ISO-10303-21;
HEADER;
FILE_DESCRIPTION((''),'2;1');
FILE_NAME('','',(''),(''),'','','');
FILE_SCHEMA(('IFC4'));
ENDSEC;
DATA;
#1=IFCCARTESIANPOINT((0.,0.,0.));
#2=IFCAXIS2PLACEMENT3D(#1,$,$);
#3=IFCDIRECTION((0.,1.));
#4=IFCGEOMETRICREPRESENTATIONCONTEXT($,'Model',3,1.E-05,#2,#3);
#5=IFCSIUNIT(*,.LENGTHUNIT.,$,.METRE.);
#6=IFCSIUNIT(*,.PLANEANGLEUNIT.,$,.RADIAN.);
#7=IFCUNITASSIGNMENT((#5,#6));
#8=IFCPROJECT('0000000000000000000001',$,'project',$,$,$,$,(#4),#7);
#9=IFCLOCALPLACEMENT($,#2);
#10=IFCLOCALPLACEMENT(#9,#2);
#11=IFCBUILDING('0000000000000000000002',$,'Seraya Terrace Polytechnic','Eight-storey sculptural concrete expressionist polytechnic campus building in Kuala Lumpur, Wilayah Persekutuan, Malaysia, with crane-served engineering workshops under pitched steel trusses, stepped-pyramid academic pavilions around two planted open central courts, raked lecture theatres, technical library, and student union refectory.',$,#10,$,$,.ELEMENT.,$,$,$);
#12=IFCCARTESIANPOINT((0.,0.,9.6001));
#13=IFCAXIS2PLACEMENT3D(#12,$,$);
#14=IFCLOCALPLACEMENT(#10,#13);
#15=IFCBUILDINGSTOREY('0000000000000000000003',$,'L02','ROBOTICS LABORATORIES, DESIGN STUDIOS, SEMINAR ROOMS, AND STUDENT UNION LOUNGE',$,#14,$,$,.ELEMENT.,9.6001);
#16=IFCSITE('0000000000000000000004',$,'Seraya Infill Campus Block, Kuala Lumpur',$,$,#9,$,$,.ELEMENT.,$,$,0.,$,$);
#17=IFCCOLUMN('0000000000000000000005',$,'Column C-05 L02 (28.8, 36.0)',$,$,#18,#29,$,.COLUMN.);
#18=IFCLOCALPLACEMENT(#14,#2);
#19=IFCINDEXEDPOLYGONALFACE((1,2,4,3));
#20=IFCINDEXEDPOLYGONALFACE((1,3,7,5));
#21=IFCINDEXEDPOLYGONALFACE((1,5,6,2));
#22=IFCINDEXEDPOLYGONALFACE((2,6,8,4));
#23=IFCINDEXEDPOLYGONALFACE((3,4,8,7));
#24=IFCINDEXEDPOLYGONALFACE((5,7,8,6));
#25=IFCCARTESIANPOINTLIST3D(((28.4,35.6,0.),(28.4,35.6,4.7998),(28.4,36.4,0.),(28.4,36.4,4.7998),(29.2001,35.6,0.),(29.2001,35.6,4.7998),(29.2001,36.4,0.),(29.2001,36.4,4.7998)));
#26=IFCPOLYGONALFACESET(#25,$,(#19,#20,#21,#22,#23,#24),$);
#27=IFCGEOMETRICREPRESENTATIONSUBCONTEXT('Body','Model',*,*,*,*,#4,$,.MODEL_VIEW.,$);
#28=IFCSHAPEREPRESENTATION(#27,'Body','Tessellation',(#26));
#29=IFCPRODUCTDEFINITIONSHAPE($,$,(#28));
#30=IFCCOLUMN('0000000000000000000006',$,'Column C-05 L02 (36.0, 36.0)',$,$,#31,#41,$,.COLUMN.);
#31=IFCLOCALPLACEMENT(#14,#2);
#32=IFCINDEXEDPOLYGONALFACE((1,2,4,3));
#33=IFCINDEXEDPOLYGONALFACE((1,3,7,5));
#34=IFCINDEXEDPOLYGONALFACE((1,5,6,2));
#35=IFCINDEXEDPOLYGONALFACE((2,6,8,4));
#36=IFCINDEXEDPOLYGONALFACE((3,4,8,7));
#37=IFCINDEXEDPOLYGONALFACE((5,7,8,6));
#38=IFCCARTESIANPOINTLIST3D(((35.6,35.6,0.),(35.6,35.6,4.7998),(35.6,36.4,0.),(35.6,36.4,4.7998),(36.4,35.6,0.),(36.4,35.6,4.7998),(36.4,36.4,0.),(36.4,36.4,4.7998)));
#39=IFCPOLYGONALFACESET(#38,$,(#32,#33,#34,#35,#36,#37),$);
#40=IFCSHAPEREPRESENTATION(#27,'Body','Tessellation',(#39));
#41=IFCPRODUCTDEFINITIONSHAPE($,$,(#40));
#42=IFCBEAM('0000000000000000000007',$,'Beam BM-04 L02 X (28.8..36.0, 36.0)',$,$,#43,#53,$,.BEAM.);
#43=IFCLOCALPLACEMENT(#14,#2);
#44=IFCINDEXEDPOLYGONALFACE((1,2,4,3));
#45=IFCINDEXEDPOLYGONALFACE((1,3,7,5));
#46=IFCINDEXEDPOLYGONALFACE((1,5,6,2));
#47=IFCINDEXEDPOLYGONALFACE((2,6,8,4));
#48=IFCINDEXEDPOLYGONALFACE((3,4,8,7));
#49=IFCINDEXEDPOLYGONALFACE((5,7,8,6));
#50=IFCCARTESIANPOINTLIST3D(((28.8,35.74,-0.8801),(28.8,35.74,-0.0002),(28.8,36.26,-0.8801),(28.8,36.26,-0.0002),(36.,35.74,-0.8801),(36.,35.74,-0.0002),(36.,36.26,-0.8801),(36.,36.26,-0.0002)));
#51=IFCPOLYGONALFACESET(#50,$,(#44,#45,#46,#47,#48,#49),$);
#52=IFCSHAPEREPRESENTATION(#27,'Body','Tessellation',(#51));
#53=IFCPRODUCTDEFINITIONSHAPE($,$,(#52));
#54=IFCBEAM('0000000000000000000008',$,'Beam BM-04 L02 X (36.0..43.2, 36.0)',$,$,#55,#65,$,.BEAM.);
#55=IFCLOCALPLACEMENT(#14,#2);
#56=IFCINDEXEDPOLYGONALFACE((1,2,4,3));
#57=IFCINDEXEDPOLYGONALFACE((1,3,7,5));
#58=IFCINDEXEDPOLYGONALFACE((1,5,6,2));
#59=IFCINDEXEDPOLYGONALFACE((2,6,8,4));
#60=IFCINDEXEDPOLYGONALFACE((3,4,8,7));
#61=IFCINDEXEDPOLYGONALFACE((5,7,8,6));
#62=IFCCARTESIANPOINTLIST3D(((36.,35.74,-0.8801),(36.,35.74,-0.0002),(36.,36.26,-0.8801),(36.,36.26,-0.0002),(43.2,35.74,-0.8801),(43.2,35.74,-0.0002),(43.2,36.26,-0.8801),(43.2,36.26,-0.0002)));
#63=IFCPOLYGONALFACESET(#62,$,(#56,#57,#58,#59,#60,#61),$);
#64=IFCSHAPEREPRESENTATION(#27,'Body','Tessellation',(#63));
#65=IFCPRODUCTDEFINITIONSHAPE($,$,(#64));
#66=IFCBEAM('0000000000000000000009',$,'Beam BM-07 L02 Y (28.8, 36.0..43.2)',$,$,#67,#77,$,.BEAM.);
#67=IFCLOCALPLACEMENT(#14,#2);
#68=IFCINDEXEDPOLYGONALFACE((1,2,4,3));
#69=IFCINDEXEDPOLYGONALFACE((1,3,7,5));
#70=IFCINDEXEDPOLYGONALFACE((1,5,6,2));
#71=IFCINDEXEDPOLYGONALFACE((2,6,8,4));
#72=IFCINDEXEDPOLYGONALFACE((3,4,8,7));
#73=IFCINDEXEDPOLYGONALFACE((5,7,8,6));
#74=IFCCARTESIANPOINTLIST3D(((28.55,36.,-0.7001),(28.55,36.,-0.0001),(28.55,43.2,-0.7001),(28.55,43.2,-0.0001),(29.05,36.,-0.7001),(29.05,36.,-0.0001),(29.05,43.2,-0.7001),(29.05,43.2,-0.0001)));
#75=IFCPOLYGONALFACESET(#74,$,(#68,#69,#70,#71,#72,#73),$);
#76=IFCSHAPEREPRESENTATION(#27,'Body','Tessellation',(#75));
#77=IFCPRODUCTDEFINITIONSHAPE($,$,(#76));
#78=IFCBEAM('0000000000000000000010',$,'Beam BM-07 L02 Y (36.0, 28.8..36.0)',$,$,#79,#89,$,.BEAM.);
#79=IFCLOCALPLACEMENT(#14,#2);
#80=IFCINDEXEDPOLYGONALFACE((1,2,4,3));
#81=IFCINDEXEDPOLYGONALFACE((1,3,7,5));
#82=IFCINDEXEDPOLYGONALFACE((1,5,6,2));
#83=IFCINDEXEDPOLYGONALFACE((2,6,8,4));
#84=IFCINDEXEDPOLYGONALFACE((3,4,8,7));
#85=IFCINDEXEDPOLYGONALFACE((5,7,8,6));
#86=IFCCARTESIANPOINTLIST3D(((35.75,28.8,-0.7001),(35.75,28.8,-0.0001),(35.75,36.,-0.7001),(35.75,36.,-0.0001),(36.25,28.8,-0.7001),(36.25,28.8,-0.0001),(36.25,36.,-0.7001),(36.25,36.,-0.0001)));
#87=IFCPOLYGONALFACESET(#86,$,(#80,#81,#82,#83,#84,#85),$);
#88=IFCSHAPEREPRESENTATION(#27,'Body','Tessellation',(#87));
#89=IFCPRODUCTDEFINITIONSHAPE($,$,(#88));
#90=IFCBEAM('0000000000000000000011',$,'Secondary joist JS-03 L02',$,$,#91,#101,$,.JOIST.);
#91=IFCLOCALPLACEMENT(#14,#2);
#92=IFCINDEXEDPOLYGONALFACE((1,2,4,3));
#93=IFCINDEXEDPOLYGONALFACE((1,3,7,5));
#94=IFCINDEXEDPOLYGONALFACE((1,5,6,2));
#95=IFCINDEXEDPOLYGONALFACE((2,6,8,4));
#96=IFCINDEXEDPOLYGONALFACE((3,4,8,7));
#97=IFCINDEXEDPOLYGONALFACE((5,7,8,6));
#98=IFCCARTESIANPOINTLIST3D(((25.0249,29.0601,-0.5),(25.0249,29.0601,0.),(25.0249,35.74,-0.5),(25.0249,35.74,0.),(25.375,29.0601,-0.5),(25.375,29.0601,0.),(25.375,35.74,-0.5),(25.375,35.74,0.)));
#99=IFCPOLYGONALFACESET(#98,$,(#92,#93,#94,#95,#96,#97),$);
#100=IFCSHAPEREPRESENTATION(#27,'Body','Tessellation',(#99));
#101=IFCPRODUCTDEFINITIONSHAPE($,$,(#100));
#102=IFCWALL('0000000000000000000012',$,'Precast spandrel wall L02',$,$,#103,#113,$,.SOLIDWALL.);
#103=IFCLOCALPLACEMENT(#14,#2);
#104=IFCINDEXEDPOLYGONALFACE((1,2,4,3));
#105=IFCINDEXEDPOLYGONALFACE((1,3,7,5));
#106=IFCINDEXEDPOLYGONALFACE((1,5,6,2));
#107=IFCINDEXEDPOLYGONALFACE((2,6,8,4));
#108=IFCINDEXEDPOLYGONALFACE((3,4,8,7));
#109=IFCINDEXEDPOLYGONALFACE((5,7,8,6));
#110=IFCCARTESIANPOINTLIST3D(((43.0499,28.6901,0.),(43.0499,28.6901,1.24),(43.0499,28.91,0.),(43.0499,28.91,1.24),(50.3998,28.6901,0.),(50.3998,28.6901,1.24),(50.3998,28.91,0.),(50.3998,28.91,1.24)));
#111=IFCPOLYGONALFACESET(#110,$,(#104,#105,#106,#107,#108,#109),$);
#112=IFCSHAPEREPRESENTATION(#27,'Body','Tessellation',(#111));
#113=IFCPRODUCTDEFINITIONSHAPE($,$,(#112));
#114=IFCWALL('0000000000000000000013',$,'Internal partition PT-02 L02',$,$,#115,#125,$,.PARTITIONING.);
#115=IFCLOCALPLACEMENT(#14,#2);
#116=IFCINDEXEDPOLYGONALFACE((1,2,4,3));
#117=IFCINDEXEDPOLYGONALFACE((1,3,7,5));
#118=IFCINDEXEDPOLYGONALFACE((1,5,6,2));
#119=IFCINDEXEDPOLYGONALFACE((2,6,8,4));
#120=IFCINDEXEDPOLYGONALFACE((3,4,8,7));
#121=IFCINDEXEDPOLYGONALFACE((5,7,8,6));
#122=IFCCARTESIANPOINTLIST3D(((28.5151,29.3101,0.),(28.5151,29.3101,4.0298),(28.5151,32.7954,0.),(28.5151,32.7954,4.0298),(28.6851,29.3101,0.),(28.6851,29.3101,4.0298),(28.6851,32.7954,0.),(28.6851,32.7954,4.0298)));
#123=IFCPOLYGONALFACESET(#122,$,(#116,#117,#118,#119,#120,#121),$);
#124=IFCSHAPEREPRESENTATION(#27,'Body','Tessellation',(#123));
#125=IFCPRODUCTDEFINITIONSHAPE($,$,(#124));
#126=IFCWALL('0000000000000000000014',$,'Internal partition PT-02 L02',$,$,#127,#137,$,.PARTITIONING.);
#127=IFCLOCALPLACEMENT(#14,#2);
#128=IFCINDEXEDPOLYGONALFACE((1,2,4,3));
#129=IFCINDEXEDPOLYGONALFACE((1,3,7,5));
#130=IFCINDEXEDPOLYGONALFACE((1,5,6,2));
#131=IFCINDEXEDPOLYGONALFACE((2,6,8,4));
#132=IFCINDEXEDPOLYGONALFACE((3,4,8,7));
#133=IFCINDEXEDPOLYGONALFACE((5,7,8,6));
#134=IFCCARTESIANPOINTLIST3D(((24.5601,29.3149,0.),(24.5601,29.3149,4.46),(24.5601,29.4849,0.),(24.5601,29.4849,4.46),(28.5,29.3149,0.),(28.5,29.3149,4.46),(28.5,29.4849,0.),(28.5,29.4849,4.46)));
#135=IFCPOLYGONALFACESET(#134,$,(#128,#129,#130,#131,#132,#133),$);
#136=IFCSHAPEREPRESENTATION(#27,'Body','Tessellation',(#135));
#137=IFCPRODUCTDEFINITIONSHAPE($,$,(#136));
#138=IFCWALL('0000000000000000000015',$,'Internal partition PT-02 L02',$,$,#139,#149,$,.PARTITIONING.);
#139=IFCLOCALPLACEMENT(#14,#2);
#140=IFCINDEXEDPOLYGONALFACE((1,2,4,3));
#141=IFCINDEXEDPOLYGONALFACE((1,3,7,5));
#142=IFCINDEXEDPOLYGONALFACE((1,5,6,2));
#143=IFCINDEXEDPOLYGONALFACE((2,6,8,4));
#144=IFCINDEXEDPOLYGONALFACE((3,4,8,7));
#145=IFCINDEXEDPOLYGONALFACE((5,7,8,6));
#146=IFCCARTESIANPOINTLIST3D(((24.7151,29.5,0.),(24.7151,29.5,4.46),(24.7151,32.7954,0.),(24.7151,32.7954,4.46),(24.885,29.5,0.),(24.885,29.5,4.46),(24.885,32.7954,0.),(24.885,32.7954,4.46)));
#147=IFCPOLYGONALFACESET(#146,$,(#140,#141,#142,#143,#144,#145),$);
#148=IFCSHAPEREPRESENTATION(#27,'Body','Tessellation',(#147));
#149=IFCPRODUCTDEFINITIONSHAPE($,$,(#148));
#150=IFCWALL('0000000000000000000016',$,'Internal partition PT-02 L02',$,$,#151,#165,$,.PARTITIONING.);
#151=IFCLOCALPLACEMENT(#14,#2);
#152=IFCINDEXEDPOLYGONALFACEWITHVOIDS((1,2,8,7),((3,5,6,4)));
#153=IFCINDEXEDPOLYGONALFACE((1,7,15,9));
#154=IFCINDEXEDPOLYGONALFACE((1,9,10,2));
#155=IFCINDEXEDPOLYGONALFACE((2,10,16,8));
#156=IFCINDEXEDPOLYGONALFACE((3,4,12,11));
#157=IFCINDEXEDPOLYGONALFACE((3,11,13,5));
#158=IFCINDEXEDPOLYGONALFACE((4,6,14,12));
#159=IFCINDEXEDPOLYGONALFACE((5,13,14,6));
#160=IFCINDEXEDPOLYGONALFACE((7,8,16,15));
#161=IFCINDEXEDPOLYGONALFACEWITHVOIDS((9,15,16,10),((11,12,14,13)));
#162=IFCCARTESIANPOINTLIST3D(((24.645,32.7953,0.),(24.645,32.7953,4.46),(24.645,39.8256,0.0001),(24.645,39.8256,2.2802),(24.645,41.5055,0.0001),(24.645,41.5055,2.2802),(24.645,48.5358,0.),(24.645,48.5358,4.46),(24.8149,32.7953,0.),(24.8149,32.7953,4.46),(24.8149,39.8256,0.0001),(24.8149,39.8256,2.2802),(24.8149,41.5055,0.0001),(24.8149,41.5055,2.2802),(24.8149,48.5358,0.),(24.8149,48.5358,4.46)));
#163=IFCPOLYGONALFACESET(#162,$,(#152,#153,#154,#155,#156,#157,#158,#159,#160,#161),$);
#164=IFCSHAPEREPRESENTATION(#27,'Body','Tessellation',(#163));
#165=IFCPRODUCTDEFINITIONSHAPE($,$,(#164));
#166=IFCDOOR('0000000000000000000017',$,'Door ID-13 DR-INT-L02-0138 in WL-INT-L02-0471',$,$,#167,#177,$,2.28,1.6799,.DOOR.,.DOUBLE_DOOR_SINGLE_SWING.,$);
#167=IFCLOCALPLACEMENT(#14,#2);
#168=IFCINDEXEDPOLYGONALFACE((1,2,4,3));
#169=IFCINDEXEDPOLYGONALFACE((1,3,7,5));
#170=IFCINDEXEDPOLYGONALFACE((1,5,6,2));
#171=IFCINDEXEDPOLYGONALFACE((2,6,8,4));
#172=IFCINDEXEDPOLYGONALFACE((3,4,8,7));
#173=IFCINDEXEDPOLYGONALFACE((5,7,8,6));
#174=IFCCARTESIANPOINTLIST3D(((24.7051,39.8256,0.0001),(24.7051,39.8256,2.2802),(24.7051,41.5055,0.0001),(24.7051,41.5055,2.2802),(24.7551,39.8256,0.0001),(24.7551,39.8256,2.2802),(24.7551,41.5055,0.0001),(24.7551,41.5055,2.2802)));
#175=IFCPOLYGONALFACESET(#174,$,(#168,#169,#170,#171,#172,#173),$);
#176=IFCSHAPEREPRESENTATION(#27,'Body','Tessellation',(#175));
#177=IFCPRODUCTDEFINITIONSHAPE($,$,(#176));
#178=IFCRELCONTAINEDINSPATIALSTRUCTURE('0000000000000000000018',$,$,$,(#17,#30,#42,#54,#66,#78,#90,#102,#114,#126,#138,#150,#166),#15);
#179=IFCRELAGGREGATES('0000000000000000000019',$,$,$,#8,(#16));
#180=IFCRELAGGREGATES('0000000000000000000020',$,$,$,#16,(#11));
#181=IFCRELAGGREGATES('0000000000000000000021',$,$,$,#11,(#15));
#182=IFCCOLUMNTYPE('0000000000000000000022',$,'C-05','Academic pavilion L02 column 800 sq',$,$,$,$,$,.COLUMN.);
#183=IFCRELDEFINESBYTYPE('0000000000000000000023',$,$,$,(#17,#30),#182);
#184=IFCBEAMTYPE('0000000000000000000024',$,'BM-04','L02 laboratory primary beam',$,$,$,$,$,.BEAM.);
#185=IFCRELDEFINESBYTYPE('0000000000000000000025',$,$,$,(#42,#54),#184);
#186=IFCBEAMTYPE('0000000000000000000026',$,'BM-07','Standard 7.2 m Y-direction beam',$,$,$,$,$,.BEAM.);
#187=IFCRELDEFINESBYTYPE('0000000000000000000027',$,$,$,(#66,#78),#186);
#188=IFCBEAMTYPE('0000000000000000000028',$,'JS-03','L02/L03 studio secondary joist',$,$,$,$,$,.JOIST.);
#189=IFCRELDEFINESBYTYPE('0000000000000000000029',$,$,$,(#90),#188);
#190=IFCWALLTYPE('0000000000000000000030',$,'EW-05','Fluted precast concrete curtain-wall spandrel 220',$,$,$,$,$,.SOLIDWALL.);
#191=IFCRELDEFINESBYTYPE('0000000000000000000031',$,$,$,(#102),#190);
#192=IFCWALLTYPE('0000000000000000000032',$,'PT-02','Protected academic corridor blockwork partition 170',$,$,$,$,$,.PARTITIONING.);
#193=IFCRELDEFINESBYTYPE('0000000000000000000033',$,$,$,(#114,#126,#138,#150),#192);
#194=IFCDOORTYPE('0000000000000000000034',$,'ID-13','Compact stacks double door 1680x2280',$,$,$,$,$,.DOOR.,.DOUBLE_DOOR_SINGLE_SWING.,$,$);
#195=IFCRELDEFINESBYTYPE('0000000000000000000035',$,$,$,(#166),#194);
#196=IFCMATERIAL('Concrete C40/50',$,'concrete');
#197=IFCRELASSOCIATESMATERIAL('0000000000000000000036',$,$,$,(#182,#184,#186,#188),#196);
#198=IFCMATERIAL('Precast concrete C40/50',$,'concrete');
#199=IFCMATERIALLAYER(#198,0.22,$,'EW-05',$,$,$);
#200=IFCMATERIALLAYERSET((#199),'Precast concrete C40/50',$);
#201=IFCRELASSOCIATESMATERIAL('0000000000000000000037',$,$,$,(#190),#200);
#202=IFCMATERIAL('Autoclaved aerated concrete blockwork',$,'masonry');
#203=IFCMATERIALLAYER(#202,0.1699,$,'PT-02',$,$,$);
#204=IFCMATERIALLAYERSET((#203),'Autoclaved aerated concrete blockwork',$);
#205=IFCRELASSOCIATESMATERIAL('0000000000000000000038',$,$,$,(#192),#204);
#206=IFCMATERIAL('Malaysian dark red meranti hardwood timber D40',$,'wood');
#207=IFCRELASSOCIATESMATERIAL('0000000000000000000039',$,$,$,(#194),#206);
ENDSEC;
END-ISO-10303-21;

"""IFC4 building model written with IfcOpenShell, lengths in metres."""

from ifc_helpers import new_model, si_unit, direction, frame, frame_2d, origin, origin_2d, place, context, subcontext, project, spatial, rectangle, extrude, material, layer, layer_set, material_profile, profile_set, type_object, element, fill, save


model = new_model("IFC4")

# Units and contexts
model_context = context("Model", 3, precision=1e-05, world=origin(), true_north=direction((0.0, 1.0)))
body_context = subcontext(model_context, "Body", "Model", "MODEL_VIEW")
ifc_project = project(units=[si_unit("LENGTHUNIT", "METRE"), si_unit("PLANEANGLEUNIT", "RADIAN")], contexts=[model_context])

# Site, building, storey
site_placement = place(None, origin())
site = spatial("IfcSite", under=ifc_project, at=site_placement, Name="Seraya Infill Campus Block, Kuala Lumpur", CompositionType="ELEMENT", RefElevation=0.0)
building_placement = place(site_placement, origin())
building = spatial("IfcBuilding", under=site, at=building_placement, Name="Seraya Terrace Polytechnic", Description="Eight-storey sculptural concrete expressionist polytechnic campus building in Kuala Lumpur, Wilayah Persekutuan, Malaysia, with crane-served engineering workshops under pitched steel trusses, stepped-pyramid academic pavilions around two planted open central courts, raked lecture theatres, technical library, and student union refectory.", CompositionType="ELEMENT")
storey_placement = place(building_placement, frame((0.0, 0.0, 9.6001)))
storey = spatial("IfcBuildingStorey", under=building, at=storey_placement, Name="L02", Description="ROBOTICS LABORATORIES, DESIGN STUDIOS, SEMINAR ROOMS, AND STUDENT UNION LOUNGE", CompositionType="ELEMENT", Elevation=9.6001)

# Columns
ifc_material_1 = material(Name="Concrete C40/50", Category="concrete")
ifc_material_profile_1 = material_profile(ifc_material_1, rectangle(XDim=0.8, YDim=0.8, at=origin_2d()), Name="RC 800x800")
ifc_profile_set_1 = profile_set([ifc_material_profile_1], Name="Concrete C40/50")
column_type = type_object("IfcColumnType", Name="C-05", Description="Academic pavilion L02 column 800 sq", PredefinedType="COLUMN", material=ifc_profile_set_1)
for number, where, z_axis, x_axis, name in (
    (1, (28.8, 36.0, 0.0), (0.0, 0.0, 1.0), (1.0, 0.0, 0.0), "Column C-05 L02 (28.8, 36.0)"),
    (2, (36.0, 36.0, 0.0), (0.0, 0.0, 1.0), (1.0, 0.0, 0.0), "Column C-05 L02 (36.0, 36.0)"),
):
    element("IfcColumn", number, at=place(storey_placement, frame(where, z_axis=z_axis, x_axis=x_axis)), inside=storey, type_object=column_type, Name=name, PredefinedType="COLUMN", context=body_context, shape_type="SweptSolid", body=[
        extrude(rectangle(XDim=0.8, YDim=0.8, at=origin_2d()), origin(), (0.0, 0.0, 1.0), 4.7998),
    ])

# Beams
ifc_material_profile_2 = material_profile(ifc_material_1, rectangle(XDim=0.52, YDim=0.8799, at=origin_2d()), Name="RC 520x880")
ifc_profile_set_2 = profile_set([ifc_material_profile_2], Name="Concrete C40/50")
beam_type_1 = type_object("IfcBeamType", Name="BM-04", Description="L02 laboratory primary beam", PredefinedType="BEAM", material=ifc_profile_set_2)
for number, where, z_axis, x_axis, name in (
    (3, (28.8, 36.0, -0.4402), (1.0, 0.0, 0.0), (0.0, 1.0, 0.0), "Beam BM-04 L02 X (28.8..36.0, 36.0)"),
    (4, (36.0, 36.0, -0.4402), (1.0, 0.0, 0.0), (0.0, 1.0, 0.0), "Beam BM-04 L02 X (36.0..43.2, 36.0)"),
):
    element("IfcBeam", number, at=place(storey_placement, frame(where, z_axis=z_axis, x_axis=x_axis)), inside=storey, type_object=beam_type_1, Name=name, PredefinedType="BEAM", context=body_context, shape_type="SweptSolid", body=[
        extrude(rectangle(XDim=0.52, YDim=0.8799, at=origin_2d()), origin(), (0.0, 0.0, 1.0), 7.2),
    ])
ifc_material_profile_3 = material_profile(ifc_material_1, rectangle(XDim=0.5, YDim=0.7, at=origin_2d()), Name="RC 500x700")
ifc_profile_set_3 = profile_set([ifc_material_profile_3], Name="Concrete C40/50")
beam_type_2 = type_object("IfcBeamType", Name="BM-07", Description="Standard 7.2 m Y-direction beam", PredefinedType="BEAM", material=ifc_profile_set_3)
for number, where, z_axis, x_axis, name in (
    (5, (28.8, 36.0, -0.3501), (0.0, 1.0, 0.0), (-1.0, 0.0, 0.0), "Beam BM-07 L02 Y (28.8, 36.0..43.2)"),
    (6, (36.0, 28.8, -0.3501), (0.0, 1.0, 0.0), (-1.0, 0.0, 0.0), "Beam BM-07 L02 Y (36.0, 28.8..36.0)"),
):
    element("IfcBeam", number, at=place(storey_placement, frame(where, z_axis=z_axis, x_axis=x_axis)), inside=storey, type_object=beam_type_2, Name=name, PredefinedType="BEAM", context=body_context, shape_type="SweptSolid", body=[
        extrude(rectangle(XDim=0.5, YDim=0.7, at=origin_2d()), origin(), (0.0, 0.0, 1.0), 7.2),
    ])
ifc_material_profile_4 = material_profile(ifc_material_1, rectangle(XDim=0.3501, YDim=0.5, at=origin_2d()), Name="RC 350x500")
ifc_profile_set_4 = profile_set([ifc_material_profile_4], Name="Concrete C40/50")
beam_type_3 = type_object("IfcBeamType", Name="JS-03", Description="L02/L03 studio secondary joist", PredefinedType="JOIST", material=ifc_profile_set_4)
beam_placement = place(storey_placement, frame((25.2, 29.0601, -0.25), z_axis=(0.0, 1.0, 0.0), x_axis=(-1.0, 0.0, 0.0)))
element("IfcBeam", 7, at=beam_placement, inside=storey, type_object=beam_type_3, Name="Secondary joist JS-03 L02", PredefinedType="JOIST", context=body_context, shape_type="SweptSolid", body=[
    extrude(rectangle(XDim=0.3501, YDim=0.5, at=origin_2d()), origin(), (0.0, 0.0, 1.0), 6.6799),
])

# Walls
ifc_material_2 = material(Name="Precast concrete C40/50", Category="concrete")
ifc_layer_1 = layer(ifc_material_2, 0.22, Name="EW-05")
ifc_layer_set_1 = layer_set([ifc_layer_1], Name="Precast concrete C40/50")
wall_type_1 = type_object("IfcWallType", Name="EW-05", Description="Fluted precast concrete curtain-wall spandrel 220", PredefinedType="SOLIDWALL", material=ifc_layer_set_1)
wall_1_placement = place(storey_placement, frame((43.05, 28.8, 0.0), z_axis=(0.0, 0.0, 1.0), x_axis=(1.0, 0.0, 0.0)))
element("IfcWall", 8, at=wall_1_placement, inside=storey, type_object=wall_type_1, Name="Precast spandrel wall L02", PredefinedType="SOLIDWALL", context=body_context, shape_type="SweptSolid", body=[
    extrude(rectangle(XDim=7.3499, YDim=0.22, at=frame_2d((3.6748, 0.0))), origin(), (0.0, 0.0, 1.0), 1.24),
])
ifc_material_3 = material(Name="Autoclaved aerated concrete blockwork", Category="masonry")
ifc_layer_2 = layer(ifc_material_3, 0.1699, Name="PT-02")
ifc_layer_set_2 = layer_set([ifc_layer_2], Name="Autoclaved aerated concrete blockwork")
wall_type_2 = type_object("IfcWallType", Name="PT-02", Description="Protected academic corridor blockwork partition 170", PredefinedType="PARTITIONING", material=ifc_layer_set_2)
wall_2_placement = place(storey_placement, frame((28.6001, 29.3101, 0.0), z_axis=(0.0, 0.0, 1.0), x_axis=(0.0, 1.0, 0.0)))
element("IfcWall", 9, at=wall_2_placement, inside=storey, type_object=wall_type_2, Name="Internal partition PT-02 L02", PredefinedType="PARTITIONING", context=body_context, shape_type="SweptSolid", body=[
    extrude(rectangle(XDim=3.4854, YDim=0.1699, at=frame_2d((1.7427, 0.0))), origin(), (0.0, 0.0, 1.0), 4.0298),
])
wall_3_placement = place(storey_placement, frame((24.5601, 29.3999, 0.0), z_axis=(0.0, 0.0, 1.0), x_axis=(1.0, 0.0, 0.0)))
element("IfcWall", 10, at=wall_3_placement, inside=storey, type_object=wall_type_2, Name="Internal partition PT-02 L02", PredefinedType="PARTITIONING", context=body_context, shape_type="SweptSolid", body=[
    extrude(rectangle(XDim=3.9399, YDim=0.1699, at=frame_2d((1.97, 0.0))), origin(), (0.0, 0.0, 1.0), 4.46),
])
wall_4_placement = place(storey_placement, frame((24.8, 29.5, 0.0), z_axis=(0.0, 0.0, 1.0), x_axis=(0.0, 1.0, 0.0)))
element("IfcWall", 11, at=wall_4_placement, inside=storey, type_object=wall_type_2, Name="Internal partition PT-02 L02", PredefinedType="PARTITIONING", context=body_context, shape_type="SweptSolid", body=[
    extrude(rectangle(XDim=3.2954, YDim=0.1699, at=frame_2d((1.6477, 0.0))), origin(), (0.0, 0.0, 1.0), 4.46),
])

# Wall, opening, door
wall_5_placement = place(storey_placement, frame((24.73, 32.7954, 0.0), z_axis=(0.0, 0.0, 1.0), x_axis=(0.0, 1.0, 0.0)))
wall_5 = element("IfcWall", 12, at=wall_5_placement, inside=storey, type_object=wall_type_2, Name="Internal partition PT-02 L02", PredefinedType="PARTITIONING", context=body_context, shape_type="SweptSolid", body=[
    extrude(rectangle(XDim=15.7405, YDim=0.1699, at=frame_2d((7.8701, 0.0))), origin(), (0.0, 0.0, 1.0), 4.46),
])
opening_1_placement = place(wall_5_placement, frame((7.0303, 0.0, 0.0)))
opening_1 = element("IfcOpeningElement", 13, at=opening_1_placement, cuts=wall_5, PredefinedType="OPENING", context=body_context, shape_type="SweptSolid", body=[
    extrude(rectangle(XDim=1.6799, YDim=2.28, at=frame_2d((0.8398, 1.1401))), frame((0.0, 0.0969, 0.0), z_axis=(0.0, -1.0, 0.0), x_axis=(1.0, 0.0, 0.0)), (0.0, 0.0, 1.0), 0.1938),
])
ifc_material_4 = material(Name="Malaysian dark red meranti hardwood timber D40", Category="wood")
door_type_1 = type_object("IfcDoorType", Name="ID-13", Description="Compact stacks double door 1680x2280", OperationType="DOUBLE_DOOR_SINGLE_SWING", PredefinedType="DOOR", material=ifc_material_4)
door_1_placement = place(opening_1_placement, origin())
door_1 = element("IfcDoor", 14, at=door_1_placement, inside=storey, type_object=door_type_1, Name="Door ID-13 DR-INT-L02-0138 in WL-INT-L02-0471", OperationType="DOUBLE_DOOR_SINGLE_SWING", OverallHeight=2.28, OverallWidth=1.6799, PredefinedType="DOOR", context=body_context, shape_type="SweptSolid", body=[
    extrude(rectangle(XDim=1.6799, YDim=2.28, at=frame_2d((0.8398, 1.1401))), frame((0.0, 0.0249, 0.0), z_axis=(0.0, -1.0, 0.0), x_axis=(1.0, 0.0, 0.0)), (0.0, 0.0, 1.0), 0.05),
])
fill(opening_1, door_1)

save(model, "model.ifc")
